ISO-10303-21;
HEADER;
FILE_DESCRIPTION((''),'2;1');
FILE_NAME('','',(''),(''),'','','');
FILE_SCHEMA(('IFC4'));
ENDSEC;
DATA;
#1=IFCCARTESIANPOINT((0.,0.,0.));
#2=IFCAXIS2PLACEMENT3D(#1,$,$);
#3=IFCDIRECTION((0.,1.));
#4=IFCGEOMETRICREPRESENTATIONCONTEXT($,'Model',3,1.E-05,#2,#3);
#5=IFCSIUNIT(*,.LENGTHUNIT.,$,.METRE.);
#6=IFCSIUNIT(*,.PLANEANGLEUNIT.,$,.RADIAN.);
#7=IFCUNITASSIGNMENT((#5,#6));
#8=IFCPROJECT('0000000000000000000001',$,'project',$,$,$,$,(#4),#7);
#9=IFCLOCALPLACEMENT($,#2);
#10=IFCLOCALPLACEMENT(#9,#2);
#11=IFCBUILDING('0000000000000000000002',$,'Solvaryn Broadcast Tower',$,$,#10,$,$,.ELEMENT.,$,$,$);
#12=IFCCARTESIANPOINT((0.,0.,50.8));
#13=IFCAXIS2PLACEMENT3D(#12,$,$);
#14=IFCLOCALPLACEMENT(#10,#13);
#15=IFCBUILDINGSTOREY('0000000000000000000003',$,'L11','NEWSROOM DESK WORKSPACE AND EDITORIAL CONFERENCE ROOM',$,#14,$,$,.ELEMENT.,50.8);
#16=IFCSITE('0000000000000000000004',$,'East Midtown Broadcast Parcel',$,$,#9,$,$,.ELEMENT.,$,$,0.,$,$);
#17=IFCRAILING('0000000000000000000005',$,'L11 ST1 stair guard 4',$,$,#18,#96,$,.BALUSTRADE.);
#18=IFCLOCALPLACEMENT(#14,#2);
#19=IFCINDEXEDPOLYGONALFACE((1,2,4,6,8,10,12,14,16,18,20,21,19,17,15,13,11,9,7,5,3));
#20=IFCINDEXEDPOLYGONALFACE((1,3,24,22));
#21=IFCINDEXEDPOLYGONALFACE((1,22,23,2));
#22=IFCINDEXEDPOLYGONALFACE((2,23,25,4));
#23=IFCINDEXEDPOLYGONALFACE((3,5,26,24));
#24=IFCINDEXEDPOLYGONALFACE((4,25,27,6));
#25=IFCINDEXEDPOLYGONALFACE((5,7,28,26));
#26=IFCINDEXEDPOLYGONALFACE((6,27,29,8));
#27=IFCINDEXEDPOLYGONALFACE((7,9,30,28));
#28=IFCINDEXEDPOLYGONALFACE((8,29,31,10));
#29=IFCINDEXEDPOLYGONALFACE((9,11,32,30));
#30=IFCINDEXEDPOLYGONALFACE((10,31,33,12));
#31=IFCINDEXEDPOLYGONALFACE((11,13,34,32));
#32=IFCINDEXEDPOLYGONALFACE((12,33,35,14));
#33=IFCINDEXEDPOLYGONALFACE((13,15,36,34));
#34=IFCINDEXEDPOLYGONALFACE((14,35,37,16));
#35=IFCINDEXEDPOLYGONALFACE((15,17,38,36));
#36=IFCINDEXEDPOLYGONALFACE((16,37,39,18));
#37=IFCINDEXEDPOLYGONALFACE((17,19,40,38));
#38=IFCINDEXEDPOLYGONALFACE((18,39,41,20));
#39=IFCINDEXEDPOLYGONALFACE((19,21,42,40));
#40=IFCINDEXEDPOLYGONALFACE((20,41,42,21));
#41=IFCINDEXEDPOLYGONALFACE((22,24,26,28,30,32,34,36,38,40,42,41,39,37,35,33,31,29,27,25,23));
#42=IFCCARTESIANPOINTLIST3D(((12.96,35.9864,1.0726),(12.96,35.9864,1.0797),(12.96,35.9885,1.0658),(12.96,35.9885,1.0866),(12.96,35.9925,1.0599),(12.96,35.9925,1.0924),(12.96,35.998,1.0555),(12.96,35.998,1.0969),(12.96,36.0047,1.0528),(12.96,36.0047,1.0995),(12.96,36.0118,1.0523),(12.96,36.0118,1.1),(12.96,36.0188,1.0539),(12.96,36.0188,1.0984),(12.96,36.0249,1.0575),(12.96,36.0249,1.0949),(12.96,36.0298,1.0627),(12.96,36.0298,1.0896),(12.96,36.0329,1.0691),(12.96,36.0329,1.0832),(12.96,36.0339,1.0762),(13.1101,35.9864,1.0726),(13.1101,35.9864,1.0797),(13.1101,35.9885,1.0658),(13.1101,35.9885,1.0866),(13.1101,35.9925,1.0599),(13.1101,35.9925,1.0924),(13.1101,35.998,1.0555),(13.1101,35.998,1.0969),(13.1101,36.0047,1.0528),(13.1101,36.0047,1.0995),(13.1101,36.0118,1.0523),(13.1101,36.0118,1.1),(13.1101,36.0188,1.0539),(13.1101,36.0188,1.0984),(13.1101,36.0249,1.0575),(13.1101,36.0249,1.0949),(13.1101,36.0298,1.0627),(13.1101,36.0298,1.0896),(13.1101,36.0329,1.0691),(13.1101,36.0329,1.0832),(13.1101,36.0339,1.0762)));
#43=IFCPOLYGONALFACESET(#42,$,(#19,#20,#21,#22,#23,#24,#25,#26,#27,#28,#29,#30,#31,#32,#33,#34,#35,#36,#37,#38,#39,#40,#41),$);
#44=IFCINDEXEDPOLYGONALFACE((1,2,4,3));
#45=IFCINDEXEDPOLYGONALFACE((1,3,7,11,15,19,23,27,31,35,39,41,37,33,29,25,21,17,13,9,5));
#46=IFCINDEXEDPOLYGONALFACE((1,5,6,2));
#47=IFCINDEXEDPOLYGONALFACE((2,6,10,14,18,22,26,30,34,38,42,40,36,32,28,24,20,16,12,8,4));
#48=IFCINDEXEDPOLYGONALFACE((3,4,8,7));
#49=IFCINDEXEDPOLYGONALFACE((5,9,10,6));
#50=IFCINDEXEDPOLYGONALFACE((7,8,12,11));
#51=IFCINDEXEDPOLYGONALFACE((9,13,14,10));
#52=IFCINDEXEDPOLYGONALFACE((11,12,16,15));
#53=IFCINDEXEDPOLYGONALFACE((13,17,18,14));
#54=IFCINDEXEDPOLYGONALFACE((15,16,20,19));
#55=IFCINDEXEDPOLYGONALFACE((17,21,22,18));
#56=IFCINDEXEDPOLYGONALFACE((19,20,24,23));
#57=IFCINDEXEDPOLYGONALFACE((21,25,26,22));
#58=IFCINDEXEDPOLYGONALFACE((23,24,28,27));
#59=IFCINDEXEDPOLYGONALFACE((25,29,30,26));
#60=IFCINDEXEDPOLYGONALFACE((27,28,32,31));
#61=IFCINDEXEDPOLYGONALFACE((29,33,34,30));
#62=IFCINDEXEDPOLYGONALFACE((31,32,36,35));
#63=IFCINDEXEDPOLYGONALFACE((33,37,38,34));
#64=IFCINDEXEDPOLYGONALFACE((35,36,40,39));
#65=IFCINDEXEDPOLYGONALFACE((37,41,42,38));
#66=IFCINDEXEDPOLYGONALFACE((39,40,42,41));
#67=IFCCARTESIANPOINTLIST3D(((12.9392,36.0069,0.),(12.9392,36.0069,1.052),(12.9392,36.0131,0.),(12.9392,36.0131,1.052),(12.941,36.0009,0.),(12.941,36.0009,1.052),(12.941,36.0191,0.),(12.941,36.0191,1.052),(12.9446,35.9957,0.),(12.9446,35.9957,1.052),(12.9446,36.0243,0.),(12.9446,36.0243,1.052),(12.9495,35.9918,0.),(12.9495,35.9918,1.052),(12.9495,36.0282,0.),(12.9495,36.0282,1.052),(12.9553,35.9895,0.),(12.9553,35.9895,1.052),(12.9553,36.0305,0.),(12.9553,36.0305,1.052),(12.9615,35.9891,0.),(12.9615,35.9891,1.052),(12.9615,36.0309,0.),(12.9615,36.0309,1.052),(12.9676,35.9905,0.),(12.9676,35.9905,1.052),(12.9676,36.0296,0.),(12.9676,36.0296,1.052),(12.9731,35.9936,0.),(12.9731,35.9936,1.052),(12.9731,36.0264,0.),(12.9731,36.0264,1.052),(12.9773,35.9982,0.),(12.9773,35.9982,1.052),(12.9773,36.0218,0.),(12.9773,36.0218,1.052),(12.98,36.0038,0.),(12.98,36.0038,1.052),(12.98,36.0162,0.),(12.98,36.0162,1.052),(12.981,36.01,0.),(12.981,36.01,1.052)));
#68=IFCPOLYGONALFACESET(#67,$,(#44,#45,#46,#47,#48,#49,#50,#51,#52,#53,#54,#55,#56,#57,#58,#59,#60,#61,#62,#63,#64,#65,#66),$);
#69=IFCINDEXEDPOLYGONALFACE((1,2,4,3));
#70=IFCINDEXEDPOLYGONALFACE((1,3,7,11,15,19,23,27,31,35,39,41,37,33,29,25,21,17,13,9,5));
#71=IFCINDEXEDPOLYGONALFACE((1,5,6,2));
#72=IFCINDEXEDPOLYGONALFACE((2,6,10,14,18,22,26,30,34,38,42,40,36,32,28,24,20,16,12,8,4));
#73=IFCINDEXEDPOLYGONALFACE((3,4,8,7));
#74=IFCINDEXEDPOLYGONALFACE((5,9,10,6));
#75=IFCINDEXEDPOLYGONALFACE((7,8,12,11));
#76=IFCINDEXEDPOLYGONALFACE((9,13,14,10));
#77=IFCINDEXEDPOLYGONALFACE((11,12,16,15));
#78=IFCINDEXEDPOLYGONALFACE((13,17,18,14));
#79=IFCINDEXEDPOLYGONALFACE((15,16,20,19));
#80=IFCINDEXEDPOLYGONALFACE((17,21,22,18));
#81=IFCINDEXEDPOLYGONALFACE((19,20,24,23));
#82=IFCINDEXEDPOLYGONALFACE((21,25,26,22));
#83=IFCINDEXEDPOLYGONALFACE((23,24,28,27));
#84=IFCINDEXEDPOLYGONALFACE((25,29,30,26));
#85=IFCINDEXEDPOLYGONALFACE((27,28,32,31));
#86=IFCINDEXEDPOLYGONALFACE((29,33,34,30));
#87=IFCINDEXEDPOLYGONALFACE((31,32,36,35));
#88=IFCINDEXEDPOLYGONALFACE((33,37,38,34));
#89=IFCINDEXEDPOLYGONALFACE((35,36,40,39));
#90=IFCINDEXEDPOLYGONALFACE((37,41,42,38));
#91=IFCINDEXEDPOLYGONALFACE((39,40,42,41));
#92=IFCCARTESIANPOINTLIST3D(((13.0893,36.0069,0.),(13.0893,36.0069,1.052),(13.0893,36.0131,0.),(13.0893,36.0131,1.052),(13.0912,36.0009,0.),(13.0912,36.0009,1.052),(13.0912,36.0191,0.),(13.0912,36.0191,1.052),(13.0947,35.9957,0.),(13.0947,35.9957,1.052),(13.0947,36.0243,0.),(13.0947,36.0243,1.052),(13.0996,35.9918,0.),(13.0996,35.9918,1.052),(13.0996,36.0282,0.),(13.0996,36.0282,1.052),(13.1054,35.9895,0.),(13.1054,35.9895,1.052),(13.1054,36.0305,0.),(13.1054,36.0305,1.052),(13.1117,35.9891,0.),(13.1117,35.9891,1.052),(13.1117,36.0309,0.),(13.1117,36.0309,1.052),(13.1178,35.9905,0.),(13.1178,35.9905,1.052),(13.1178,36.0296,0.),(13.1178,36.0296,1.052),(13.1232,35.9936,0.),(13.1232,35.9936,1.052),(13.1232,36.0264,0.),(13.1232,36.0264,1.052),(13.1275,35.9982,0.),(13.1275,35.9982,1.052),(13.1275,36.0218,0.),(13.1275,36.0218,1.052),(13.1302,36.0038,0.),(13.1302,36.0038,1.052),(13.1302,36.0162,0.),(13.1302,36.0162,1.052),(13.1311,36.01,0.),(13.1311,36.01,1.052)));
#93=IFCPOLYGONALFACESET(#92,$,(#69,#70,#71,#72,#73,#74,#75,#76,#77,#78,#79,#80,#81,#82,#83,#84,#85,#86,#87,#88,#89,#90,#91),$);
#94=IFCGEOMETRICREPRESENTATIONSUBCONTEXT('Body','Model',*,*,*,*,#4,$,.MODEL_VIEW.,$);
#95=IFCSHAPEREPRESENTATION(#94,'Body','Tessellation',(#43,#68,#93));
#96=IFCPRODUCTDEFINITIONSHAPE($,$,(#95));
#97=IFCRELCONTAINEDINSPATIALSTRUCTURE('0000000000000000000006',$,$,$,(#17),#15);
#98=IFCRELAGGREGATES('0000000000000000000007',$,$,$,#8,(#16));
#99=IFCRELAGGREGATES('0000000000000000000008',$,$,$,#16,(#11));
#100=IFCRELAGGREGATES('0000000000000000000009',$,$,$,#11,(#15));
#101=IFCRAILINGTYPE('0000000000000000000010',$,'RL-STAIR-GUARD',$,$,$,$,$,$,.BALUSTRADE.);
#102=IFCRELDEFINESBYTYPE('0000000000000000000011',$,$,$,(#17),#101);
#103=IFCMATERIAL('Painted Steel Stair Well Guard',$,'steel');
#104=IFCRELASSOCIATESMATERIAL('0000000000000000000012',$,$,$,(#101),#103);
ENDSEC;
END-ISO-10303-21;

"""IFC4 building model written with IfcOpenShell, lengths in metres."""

from ifc_helpers import new_model, si_unit, direction, frame, origin, origin_2d, place, context, subcontext, project, spatial, circle, extrude, material, type_object, element, save


model = new_model("IFC4")

# Units and contexts
model_context = context("Model", 3, precision=1e-05, world=origin(), true_north=direction((0.0, 1.0)))
body_context = subcontext(model_context, "Body", "Model", "MODEL_VIEW")
ifc_project = project(units=[si_unit("LENGTHUNIT", "METRE"), si_unit("PLANEANGLEUNIT", "RADIAN")], contexts=[model_context])

# Site, building, storey
site_placement = place(None, origin())
site = spatial("IfcSite", under=ifc_project, at=site_placement, Name="East Midtown Broadcast Parcel", CompositionType="ELEMENT", RefElevation=0.0)
building_placement = place(site_placement, origin())
building = spatial("IfcBuilding", under=site, at=building_placement, Name="Solvaryn Broadcast Tower", CompositionType="ELEMENT")
storey_placement = place(building_placement, frame((0.0, 0.0, 50.8)))
storey = spatial("IfcBuildingStorey", under=building, at=storey_placement, Name="L11", Description="NEWSROOM DESK WORKSPACE AND EDITORIAL CONFERENCE ROOM", CompositionType="ELEMENT", Elevation=50.8)

# Railing
ifc_material_1 = material(Name="Painted Steel Stair Well Guard", Category="steel")
railing_type_1 = type_object("IfcRailingType", Name="RL-STAIR-GUARD", PredefinedType="BALUSTRADE", material=ifc_material_1)
railing_1_placement = place(storey_placement, frame((12.96, 36.01, 0.0)))
element("IfcRailing", 1, at=railing_1_placement, inside=storey, type_object=railing_type_1, Name="L11 ST1 stair guard 4", PredefinedType="BALUSTRADE", context=body_context, shape_type="SweptSolid", body=[
    extrude(circle(Radius=0.0239, at=origin_2d()), frame((0.0, 0.0, 1.0762), z_axis=(1.0, 0.0, 0.0), x_axis=(0.0, 1.0, 0.0)), (0.0, 0.0, 1.0), 0.1501),
    extrude(circle(Radius=0.021, at=origin_2d()), origin(), (0.0, 0.0, 1.0), 1.052),
    extrude(circle(Radius=0.021, at=origin_2d()), frame((0.1501, 0.0, 0.0)), (0.0, 0.0, 1.0), 1.052),
])

save(model, "model.ifc")
